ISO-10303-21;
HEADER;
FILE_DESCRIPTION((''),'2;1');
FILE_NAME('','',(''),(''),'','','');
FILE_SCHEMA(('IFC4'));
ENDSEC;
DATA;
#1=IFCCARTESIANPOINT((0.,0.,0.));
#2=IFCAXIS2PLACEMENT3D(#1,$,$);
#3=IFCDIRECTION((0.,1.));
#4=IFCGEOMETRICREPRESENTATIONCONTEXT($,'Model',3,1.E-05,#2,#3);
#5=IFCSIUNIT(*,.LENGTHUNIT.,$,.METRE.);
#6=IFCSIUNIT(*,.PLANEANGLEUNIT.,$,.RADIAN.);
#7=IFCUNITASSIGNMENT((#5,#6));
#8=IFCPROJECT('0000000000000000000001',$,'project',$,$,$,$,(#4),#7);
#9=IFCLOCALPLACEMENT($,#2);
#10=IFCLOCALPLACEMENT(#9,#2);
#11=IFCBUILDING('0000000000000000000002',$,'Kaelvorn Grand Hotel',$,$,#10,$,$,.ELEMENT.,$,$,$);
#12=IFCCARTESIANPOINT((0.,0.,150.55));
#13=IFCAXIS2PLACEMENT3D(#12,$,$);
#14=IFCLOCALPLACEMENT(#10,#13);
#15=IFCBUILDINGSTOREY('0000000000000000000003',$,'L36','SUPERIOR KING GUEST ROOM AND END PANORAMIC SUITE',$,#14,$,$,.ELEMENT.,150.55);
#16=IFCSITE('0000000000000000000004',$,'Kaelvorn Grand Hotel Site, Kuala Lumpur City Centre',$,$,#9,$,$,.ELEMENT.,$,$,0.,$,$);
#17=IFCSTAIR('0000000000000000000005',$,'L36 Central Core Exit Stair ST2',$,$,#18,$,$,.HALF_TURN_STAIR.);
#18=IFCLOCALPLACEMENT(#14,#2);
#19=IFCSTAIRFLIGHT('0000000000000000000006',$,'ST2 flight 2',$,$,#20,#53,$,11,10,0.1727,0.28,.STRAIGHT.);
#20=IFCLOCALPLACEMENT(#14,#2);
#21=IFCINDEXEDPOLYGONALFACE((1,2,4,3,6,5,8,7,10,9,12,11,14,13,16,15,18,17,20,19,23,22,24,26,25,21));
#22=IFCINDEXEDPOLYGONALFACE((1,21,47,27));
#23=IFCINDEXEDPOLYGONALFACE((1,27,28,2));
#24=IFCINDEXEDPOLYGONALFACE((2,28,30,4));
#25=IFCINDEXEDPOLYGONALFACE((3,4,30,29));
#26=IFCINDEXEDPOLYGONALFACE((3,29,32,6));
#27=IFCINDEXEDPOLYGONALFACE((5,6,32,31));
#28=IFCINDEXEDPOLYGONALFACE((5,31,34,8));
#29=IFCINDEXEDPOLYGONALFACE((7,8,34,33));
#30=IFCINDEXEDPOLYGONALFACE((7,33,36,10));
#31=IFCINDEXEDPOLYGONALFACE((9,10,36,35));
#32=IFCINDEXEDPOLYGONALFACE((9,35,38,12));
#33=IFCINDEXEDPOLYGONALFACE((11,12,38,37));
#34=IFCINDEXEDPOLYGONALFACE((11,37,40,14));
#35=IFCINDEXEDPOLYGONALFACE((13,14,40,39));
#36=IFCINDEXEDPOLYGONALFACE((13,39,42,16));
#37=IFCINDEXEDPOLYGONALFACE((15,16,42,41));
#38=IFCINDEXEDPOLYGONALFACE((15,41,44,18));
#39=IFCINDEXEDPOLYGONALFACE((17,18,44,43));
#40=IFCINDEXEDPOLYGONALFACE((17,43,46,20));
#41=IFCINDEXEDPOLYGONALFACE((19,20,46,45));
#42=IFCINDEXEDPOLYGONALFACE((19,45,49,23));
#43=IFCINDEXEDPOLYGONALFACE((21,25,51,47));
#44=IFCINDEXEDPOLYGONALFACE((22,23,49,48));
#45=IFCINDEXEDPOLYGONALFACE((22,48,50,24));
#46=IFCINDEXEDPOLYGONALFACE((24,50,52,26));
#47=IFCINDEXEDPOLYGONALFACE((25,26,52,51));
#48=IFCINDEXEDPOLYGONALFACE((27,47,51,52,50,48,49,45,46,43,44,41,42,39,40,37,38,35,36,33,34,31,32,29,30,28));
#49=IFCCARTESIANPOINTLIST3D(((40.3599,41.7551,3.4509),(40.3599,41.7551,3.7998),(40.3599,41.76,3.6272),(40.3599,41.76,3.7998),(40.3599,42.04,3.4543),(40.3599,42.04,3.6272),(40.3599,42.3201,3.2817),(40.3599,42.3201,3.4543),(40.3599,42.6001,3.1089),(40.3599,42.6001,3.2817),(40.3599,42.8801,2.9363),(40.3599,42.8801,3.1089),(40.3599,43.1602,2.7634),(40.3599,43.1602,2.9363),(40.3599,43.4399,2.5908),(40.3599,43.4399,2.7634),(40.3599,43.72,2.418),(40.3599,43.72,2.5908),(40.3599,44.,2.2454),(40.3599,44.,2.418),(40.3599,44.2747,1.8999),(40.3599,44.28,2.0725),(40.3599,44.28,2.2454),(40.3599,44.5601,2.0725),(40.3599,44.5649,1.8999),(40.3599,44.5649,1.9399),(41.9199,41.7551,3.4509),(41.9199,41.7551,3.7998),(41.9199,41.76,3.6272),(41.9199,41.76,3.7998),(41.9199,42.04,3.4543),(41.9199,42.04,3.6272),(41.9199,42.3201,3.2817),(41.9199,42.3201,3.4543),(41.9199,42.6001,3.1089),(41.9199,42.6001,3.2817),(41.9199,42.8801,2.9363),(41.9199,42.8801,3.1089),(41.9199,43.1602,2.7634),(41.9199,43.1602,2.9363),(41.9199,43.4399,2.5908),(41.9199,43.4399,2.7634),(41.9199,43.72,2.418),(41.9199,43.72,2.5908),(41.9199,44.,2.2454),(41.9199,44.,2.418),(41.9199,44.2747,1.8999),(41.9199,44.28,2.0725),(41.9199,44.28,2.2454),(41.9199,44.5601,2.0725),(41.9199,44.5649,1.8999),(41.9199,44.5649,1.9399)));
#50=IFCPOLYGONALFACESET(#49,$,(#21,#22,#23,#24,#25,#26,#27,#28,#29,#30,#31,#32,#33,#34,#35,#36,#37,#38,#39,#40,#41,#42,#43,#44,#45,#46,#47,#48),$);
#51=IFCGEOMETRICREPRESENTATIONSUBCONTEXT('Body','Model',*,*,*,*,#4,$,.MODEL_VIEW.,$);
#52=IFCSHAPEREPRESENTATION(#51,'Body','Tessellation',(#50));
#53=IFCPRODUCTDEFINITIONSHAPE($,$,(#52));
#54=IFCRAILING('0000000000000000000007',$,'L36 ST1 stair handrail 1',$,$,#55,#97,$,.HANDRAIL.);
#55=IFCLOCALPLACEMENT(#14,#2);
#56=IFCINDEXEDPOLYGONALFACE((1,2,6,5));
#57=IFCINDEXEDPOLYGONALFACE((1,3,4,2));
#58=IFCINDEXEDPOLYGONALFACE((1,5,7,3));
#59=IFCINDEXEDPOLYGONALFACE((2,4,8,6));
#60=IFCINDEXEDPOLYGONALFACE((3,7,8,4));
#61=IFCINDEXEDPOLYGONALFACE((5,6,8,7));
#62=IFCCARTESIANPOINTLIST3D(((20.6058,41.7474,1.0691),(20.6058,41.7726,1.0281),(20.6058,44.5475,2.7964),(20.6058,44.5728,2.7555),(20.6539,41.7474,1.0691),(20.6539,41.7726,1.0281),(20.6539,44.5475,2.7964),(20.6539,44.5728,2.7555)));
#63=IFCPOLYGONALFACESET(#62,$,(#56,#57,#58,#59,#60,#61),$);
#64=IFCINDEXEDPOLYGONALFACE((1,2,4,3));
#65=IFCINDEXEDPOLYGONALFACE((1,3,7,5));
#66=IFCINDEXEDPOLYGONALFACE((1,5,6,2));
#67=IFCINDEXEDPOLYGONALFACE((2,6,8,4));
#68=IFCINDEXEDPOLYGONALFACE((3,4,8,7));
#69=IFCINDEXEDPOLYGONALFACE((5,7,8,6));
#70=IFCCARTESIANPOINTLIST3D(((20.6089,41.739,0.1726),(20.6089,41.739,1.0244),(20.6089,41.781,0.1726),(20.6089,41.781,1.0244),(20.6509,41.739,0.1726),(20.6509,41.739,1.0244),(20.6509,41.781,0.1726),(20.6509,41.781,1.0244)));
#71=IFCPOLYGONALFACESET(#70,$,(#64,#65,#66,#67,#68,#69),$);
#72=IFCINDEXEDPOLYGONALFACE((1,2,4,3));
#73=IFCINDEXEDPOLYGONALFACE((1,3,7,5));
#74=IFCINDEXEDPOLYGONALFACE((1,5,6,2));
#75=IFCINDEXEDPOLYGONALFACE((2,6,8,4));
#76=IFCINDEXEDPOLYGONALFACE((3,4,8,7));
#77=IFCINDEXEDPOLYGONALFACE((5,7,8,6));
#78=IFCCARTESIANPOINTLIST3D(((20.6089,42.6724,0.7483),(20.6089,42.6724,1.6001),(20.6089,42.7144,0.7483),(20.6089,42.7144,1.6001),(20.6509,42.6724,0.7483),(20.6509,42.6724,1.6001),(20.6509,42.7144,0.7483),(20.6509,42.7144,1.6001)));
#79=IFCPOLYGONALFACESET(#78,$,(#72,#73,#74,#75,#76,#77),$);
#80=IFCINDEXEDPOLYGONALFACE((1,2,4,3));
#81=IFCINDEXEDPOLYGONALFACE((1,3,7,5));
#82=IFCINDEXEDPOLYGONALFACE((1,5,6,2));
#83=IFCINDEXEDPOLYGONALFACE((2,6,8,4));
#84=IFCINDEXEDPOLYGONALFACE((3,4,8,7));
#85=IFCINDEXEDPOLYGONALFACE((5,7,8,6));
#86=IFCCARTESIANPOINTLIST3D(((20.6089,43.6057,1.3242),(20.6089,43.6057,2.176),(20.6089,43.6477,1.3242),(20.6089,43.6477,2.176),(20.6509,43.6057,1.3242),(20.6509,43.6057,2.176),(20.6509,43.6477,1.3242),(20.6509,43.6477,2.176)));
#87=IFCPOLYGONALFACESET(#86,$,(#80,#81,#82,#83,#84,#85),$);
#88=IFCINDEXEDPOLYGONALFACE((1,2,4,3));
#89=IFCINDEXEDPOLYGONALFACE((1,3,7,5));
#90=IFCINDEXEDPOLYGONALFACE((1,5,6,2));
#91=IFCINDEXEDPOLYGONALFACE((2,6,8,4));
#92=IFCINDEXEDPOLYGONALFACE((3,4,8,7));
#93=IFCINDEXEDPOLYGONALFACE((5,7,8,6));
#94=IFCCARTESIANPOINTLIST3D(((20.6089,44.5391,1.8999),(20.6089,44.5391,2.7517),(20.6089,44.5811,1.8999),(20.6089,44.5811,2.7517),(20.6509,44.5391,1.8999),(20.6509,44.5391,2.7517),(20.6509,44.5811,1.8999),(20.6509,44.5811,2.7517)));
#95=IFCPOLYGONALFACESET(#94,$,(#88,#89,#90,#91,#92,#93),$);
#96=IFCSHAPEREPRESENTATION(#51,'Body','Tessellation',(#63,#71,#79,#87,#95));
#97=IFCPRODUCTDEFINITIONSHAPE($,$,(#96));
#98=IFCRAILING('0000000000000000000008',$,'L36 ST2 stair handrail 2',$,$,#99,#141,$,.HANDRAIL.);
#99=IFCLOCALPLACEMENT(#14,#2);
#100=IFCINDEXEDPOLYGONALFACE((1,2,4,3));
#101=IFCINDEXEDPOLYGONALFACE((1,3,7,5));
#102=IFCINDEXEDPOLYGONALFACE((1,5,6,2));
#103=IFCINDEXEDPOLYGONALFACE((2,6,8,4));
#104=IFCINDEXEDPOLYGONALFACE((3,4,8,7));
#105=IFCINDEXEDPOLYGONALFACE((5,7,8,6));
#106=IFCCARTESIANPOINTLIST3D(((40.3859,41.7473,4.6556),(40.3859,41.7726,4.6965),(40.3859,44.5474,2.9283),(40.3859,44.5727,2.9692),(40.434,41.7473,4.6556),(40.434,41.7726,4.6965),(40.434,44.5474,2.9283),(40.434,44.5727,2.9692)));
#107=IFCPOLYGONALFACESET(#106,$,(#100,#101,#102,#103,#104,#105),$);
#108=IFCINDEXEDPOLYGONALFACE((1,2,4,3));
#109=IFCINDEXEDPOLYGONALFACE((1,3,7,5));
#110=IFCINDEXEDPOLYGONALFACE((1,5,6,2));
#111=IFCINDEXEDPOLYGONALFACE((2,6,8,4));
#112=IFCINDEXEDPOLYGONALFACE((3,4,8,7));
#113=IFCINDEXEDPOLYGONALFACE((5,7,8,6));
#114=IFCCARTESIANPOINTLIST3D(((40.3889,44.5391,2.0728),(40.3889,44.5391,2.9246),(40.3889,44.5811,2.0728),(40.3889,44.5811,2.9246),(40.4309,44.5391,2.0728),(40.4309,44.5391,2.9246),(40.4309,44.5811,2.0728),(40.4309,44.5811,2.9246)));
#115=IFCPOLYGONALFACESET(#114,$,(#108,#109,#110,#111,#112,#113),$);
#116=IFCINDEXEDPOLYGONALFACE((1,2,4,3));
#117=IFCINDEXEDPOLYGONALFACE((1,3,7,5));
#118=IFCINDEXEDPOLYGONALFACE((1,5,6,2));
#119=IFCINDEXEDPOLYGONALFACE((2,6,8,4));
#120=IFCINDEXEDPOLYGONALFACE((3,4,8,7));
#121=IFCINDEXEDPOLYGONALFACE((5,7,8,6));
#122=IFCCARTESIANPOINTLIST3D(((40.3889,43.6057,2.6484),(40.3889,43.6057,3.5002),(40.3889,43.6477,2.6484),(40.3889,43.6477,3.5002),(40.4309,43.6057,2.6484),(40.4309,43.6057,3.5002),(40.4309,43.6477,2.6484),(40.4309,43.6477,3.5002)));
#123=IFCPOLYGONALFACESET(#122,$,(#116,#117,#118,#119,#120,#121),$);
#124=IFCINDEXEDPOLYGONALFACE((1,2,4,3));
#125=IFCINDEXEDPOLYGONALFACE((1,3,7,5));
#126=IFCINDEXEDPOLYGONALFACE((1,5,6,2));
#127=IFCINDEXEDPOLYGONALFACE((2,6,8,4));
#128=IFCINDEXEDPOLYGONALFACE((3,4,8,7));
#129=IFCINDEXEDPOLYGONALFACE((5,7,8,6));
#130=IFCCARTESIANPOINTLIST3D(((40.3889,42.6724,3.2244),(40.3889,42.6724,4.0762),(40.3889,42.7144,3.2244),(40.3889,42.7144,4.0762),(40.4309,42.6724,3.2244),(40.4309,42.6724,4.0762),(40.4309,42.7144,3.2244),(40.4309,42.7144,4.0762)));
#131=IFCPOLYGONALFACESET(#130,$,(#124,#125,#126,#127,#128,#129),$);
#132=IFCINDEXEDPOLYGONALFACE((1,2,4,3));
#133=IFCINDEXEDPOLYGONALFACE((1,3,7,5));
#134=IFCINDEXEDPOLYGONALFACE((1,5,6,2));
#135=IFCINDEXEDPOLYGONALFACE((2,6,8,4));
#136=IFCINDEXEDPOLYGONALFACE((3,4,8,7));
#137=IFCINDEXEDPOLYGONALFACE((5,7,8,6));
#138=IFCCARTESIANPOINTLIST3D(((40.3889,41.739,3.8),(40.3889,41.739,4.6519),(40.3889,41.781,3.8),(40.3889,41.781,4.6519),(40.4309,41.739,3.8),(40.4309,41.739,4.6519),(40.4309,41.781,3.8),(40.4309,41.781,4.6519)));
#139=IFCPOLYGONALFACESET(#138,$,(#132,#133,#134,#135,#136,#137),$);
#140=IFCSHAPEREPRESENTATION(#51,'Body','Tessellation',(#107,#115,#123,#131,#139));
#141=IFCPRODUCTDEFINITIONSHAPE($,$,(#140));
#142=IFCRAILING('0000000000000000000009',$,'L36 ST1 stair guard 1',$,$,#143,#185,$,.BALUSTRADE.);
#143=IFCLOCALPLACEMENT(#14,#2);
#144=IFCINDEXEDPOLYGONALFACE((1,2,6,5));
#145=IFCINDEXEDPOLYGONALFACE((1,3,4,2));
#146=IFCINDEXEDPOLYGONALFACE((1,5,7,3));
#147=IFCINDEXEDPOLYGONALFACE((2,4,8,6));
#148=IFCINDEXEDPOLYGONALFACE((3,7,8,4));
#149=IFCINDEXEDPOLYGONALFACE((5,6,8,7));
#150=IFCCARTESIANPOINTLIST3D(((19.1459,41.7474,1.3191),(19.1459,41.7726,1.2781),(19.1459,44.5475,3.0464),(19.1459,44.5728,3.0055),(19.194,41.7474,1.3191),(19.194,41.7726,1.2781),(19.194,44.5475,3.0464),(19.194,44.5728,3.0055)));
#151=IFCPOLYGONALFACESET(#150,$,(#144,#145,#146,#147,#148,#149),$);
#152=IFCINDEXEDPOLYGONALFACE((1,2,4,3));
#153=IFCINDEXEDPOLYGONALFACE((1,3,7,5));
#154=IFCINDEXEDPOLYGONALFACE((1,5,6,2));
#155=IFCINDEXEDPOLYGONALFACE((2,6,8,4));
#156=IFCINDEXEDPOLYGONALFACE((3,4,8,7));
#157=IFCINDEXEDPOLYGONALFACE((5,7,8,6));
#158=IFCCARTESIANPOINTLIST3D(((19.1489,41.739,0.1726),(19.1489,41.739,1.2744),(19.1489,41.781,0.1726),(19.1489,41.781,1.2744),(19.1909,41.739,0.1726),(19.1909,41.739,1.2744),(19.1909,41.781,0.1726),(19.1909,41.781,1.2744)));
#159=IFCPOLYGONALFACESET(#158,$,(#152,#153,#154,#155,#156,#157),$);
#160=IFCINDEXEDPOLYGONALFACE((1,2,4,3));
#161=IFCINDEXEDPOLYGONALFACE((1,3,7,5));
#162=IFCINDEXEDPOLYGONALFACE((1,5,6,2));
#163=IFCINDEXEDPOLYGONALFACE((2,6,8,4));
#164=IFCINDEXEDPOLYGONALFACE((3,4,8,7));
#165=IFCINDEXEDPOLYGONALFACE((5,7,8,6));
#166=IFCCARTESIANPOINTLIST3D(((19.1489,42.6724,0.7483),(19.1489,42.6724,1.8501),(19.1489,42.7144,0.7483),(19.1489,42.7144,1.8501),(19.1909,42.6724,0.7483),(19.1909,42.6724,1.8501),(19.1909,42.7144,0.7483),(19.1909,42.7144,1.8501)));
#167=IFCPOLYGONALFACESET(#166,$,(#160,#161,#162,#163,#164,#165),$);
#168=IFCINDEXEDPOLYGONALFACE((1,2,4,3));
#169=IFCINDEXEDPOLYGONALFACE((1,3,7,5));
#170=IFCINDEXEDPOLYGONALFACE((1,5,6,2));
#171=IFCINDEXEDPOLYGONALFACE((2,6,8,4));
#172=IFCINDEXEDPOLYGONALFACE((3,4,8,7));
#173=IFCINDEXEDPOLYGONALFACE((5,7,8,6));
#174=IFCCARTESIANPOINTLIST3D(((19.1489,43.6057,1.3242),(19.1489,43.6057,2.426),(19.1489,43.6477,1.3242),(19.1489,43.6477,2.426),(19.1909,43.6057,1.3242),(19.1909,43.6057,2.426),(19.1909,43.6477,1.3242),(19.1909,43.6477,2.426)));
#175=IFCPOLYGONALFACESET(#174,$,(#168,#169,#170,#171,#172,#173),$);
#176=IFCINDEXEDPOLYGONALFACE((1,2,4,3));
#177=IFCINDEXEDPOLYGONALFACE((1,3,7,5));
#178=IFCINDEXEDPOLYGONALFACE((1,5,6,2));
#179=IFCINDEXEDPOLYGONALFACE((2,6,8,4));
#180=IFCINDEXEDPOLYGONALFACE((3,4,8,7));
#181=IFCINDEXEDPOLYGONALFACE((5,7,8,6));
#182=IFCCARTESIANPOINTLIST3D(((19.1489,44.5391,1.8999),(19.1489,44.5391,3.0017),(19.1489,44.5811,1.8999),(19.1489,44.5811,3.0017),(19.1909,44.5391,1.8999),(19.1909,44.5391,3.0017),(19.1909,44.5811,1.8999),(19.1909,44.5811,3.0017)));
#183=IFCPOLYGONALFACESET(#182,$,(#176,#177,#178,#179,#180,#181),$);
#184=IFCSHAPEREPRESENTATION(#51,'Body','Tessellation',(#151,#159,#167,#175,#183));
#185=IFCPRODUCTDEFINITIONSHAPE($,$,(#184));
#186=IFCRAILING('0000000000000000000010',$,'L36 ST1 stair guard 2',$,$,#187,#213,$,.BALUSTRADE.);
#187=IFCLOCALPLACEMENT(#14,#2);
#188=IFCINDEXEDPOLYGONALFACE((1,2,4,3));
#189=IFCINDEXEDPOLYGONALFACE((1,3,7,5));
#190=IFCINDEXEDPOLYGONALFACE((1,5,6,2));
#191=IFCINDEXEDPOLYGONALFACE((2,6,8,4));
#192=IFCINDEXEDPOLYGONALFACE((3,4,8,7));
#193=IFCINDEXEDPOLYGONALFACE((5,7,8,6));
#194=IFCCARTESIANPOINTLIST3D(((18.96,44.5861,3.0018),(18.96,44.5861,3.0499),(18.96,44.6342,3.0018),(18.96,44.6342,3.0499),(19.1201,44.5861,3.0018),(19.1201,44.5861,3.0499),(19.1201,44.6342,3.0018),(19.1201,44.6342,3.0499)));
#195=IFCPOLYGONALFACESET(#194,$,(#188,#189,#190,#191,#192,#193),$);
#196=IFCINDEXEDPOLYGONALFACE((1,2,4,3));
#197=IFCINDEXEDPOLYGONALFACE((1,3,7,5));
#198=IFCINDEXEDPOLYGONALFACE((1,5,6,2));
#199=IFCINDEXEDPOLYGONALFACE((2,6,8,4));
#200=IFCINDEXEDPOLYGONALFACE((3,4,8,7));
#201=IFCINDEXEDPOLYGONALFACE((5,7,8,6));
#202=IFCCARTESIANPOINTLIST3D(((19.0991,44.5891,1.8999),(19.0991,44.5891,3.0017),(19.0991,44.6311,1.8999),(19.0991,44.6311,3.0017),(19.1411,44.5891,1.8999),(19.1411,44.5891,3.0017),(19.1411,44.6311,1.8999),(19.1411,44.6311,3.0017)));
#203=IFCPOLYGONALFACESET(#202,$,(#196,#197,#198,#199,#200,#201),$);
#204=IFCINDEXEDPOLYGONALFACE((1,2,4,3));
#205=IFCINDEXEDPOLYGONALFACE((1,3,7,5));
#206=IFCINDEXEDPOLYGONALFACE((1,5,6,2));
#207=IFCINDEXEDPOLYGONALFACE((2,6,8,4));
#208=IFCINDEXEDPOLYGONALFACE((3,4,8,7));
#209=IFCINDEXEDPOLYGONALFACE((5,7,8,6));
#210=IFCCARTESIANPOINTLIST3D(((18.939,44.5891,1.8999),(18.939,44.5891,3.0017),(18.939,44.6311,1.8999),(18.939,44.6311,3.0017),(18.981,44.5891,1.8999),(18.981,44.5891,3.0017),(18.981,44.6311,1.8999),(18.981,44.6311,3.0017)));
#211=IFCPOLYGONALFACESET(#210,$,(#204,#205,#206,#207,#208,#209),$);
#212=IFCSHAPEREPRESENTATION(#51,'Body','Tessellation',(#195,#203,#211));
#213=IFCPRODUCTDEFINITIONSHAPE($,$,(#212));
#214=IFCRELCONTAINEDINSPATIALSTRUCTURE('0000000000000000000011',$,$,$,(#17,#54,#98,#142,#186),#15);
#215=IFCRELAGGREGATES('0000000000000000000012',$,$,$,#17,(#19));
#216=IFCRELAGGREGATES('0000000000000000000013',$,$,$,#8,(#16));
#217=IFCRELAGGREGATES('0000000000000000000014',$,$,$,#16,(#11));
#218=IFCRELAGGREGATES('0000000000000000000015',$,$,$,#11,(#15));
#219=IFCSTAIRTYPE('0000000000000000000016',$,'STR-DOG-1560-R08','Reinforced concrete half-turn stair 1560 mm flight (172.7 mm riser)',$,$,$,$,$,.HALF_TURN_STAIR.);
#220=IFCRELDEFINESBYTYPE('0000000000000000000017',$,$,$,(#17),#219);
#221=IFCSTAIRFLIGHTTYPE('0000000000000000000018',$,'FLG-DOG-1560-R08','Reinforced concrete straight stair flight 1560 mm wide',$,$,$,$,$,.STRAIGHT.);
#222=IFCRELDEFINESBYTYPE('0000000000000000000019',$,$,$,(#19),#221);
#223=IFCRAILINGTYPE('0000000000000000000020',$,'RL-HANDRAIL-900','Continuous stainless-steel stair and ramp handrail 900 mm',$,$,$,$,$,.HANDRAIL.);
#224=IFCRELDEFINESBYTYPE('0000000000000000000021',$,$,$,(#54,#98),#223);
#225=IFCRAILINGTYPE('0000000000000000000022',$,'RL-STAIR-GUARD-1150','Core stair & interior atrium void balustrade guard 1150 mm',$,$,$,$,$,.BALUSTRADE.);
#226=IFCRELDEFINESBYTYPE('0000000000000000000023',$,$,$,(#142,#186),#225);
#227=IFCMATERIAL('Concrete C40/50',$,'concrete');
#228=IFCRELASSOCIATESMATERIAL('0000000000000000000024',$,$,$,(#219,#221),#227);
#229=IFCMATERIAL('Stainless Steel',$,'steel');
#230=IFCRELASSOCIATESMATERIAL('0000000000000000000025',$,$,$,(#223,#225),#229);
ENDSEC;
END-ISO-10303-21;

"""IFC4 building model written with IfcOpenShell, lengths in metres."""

from ifc_helpers import new_model, si_unit, direction, frame, origin, origin_2d, place, context, subcontext, project, spatial, polyline, rectangle, outline, extrude, material, type_object, element, aggregate, save


model = new_model("IFC4")

# Units and contexts
model_context = context("Model", 3, precision=1e-05, world=origin(), true_north=direction((0.0, 1.0)))
body_context = subcontext(model_context, "Body", "Model", "MODEL_VIEW")
ifc_project = project(units=[si_unit("LENGTHUNIT", "METRE"), si_unit("PLANEANGLEUNIT", "RADIAN")], contexts=[model_context])

# Site, building, storey
site_placement = place(None, origin())
site = spatial("IfcSite", under=ifc_project, at=site_placement, Name="Kaelvorn Grand Hotel Site, Kuala Lumpur City Centre", CompositionType="ELEMENT", RefElevation=0.0)
building_placement = place(site_placement, origin())
building = spatial("IfcBuilding", under=site, at=building_placement, Name="Kaelvorn Grand Hotel", CompositionType="ELEMENT")
storey_placement = place(building_placement, frame((0.0, 0.0, 150.55)))
storey = spatial("IfcBuildingStorey", under=building, at=storey_placement, Name="L36", Description="SUPERIOR KING GUEST ROOM AND END PANORAMIC SUITE", CompositionType="ELEMENT", Elevation=150.55)

# Shared definitions
ifc_material_1 = material(Name="Concrete C40/50", Category="concrete")

# Stair, stair flight
stair_type = type_object("IfcStairType", Name="STR-DOG-1560-R08", Description="Reinforced concrete half-turn stair 1560 mm flight (172.7 mm riser)", PredefinedType="HALF_TURN_STAIR", material=ifc_material_1)
stair_flight_type = type_object("IfcStairFlightType", Name="FLG-DOG-1560-R08", Description="Reinforced concrete straight stair flight 1560 mm wide", PredefinedType="STRAIGHT", material=ifc_material_1)
stair_1_placement = place(storey_placement, origin())
stair_1 = element("IfcStair", 1, at=stair_1_placement, inside=storey, type_object=stair_type, Name="L36 Central Core Exit Stair ST2", PredefinedType="HALF_TURN_STAIR")
stair_flight_1_placement = place(storey_placement, frame((41.1399, 44.5601, 1.8999), z_axis=(0.0, 0.0, 1.0), x_axis=(0.0, -1.0, 0.0)))
stair_flight_1 = element("IfcStairFlight", 2, at=stair_flight_1_placement, type_object=stair_flight_type, Name="ST2 flight 2", NumberOfRisers=11, NumberOfTreads=10, PredefinedType="STRAIGHT", RiserHeight=0.1727, TreadLength=0.28, context=body_context, shape_type="SweptSolid", body=[
    extrude(outline(polyline([(-0.0049, 0.0), (-0.0049, 0.04), (0.0, 0.1726), (0.28, 0.1726), (0.28, 0.3455), (0.5601, 0.3455), (0.5601, 0.5181), (0.8401, 0.5181), (0.8401, 0.6909), (1.1201, 0.6909), (1.1201, 0.8635), (1.3999, 0.8635), (1.3999, 1.0364), (1.6799, 1.0364), (1.6799, 1.209), (1.96, 1.209), (1.96, 1.3818), (2.24, 1.3818), (2.24, 1.5544), (2.52, 1.5544), (2.52, 1.7273), (2.8, 1.7273), (2.8, 1.8999), (2.8049, 1.8999), (2.8049, 1.551), (0.2854, 0.0), (-0.0049, 0.0)])), frame((0.0, 0.78, 0.0), z_axis=(0.0, -1.0, 0.0), x_axis=(1.0, 0.0, 0.0)), (0.0, 0.0, 1.0), 1.5601),
])
aggregate(stair_1, [stair_flight_1])

# Railings
ifc_material_2 = material(Name="Stainless Steel", Category="steel")
railing_type_1 = type_object("IfcRailingType", Name="RL-HANDRAIL-900", Description="Continuous stainless-steel stair and ramp handrail 900 mm", PredefinedType="HANDRAIL", material=ifc_material_2)
railing_1_placement = place(storey_placement, frame((20.6299, 41.76, 0.1726)))
element("IfcRailing", 3, at=railing_1_placement, inside=storey, type_object=railing_type_1, Name="L36 ST1 stair handrail 1", PredefinedType="HANDRAIL", context=body_context, shape_type="SweptSolid", body=[
    extrude(rectangle(XDim=0.0481, YDim=0.0481, at=origin_2d()), frame((0.0, 0.0, 0.876), z_axis=(0.0, 0.85109, 0.52502), x_axis=(-1.0, 0.0, 0.0)), (0.0, 0.0, 1.0), 3.29),
    extrude(rectangle(XDim=0.042, YDim=0.042, at=origin_2d()), origin(), (0.0, 0.0, 1.0), 0.8518),
    extrude(rectangle(XDim=0.042, YDim=0.042, at=origin_2d()), frame((0.0, 0.9333, 0.5757)), (0.0, 0.0, 1.0), 0.8518),
    extrude(rectangle(XDim=0.042, YDim=0.042, at=origin_2d()), frame((0.0, 1.8667, 1.1516)), (0.0, 0.0, 1.0), 0.8518),
    extrude(rectangle(XDim=0.042, YDim=0.042, at=origin_2d()), frame((0.0, 2.8, 1.7273)), (0.0, 0.0, 1.0), 0.8518),
])
railing_2_placement = place(storey_placement, frame((40.4099, 44.5601, 2.0728)))
element("IfcRailing", 4, at=railing_2_placement, inside=storey, type_object=railing_type_1, Name="L36 ST2 stair handrail 2", PredefinedType="HANDRAIL", context=body_context, shape_type="SweptSolid", body=[
    extrude(rectangle(XDim=0.0481, YDim=0.0481, at=origin_2d()), frame((0.0, 0.0, 0.876), z_axis=(0.0, -0.85109, 0.52502), x_axis=(1.0, 0.0, 0.0)), (0.0, 0.0, 1.0), 3.29),
    extrude(rectangle(XDim=0.042, YDim=0.042, at=origin_2d()), origin(), (0.0, 0.0, 1.0), 0.8518),
    extrude(rectangle(XDim=0.042, YDim=0.042, at=origin_2d()), frame((0.0, -0.9333, 0.5757)), (0.0, 0.0, 1.0), 0.8518),
    extrude(rectangle(XDim=0.042, YDim=0.042, at=origin_2d()), frame((0.0, -1.8667, 1.1516)), (0.0, 0.0, 1.0), 0.8518),
    extrude(rectangle(XDim=0.042, YDim=0.042, at=origin_2d()), frame((0.0, -2.8, 1.7273)), (0.0, 0.0, 1.0), 0.8518),
])
railing_type_2 = type_object("IfcRailingType", Name="RL-STAIR-GUARD-1150", Description="Core stair & interior atrium void balustrade guard 1150 mm", PredefinedType="BALUSTRADE", material=ifc_material_2)
railing_3_placement = place(storey_placement, frame((19.1699, 41.76, 0.1726)))
element("IfcRailing", 5, at=railing_3_placement, inside=storey, type_object=railing_type_2, Name="L36 ST1 stair guard 1", PredefinedType="BALUSTRADE", context=body_context, shape_type="SweptSolid", body=[
    extrude(rectangle(XDim=0.0481, YDim=0.0481, at=origin_2d()), frame((0.0, 0.0, 1.126), z_axis=(0.0, 0.85109, 0.52502), x_axis=(-1.0, 0.0, 0.0)), (0.0, 0.0, 1.0), 3.29),
    extrude(rectangle(XDim=0.042, YDim=0.042, at=origin_2d()), origin(), (0.0, 0.0, 1.0), 1.1018),
    extrude(rectangle(XDim=0.042, YDim=0.042, at=origin_2d()), frame((0.0, 0.9333, 0.5757)), (0.0, 0.0, 1.0), 1.1018),
    extrude(rectangle(XDim=0.042, YDim=0.042, at=origin_2d()), frame((0.0, 1.8667, 1.1516)), (0.0, 0.0, 1.0), 1.1018),
    extrude(rectangle(XDim=0.042, YDim=0.042, at=origin_2d()), frame((0.0, 2.8, 1.7273)), (0.0, 0.0, 1.0), 1.1018),
])
for number, where, name in (
    (6, (19.1201, 44.6101, 1.8999), "L36 ST1 stair guard 2"),
):
    element("IfcRailing", number, at=place(storey_placement, frame(where)), inside=storey, type_object=railing_type_2, Name=name, PredefinedType="BALUSTRADE", context=body_context, shape_type="SweptSolid", body=[
        extrude(rectangle(XDim=0.0481, YDim=0.0481, at=origin_2d()), frame((0.0, 0.0, 1.126), z_axis=(-1.0, 0.0, 0.0), x_axis=(0.0, -1.0, 0.0)), (0.0, 0.0, 1.0), 0.1602),
        extrude(rectangle(XDim=0.042, YDim=0.042, at=origin_2d()), origin(), (0.0, 0.0, 1.0), 1.1018),
        extrude(rectangle(XDim=0.042, YDim=0.042, at=origin_2d()), frame((-0.1602, 0.0, 0.0)), (0.0, 0.0, 1.0), 1.1018),
    ])

save(model, "model.ifc")
